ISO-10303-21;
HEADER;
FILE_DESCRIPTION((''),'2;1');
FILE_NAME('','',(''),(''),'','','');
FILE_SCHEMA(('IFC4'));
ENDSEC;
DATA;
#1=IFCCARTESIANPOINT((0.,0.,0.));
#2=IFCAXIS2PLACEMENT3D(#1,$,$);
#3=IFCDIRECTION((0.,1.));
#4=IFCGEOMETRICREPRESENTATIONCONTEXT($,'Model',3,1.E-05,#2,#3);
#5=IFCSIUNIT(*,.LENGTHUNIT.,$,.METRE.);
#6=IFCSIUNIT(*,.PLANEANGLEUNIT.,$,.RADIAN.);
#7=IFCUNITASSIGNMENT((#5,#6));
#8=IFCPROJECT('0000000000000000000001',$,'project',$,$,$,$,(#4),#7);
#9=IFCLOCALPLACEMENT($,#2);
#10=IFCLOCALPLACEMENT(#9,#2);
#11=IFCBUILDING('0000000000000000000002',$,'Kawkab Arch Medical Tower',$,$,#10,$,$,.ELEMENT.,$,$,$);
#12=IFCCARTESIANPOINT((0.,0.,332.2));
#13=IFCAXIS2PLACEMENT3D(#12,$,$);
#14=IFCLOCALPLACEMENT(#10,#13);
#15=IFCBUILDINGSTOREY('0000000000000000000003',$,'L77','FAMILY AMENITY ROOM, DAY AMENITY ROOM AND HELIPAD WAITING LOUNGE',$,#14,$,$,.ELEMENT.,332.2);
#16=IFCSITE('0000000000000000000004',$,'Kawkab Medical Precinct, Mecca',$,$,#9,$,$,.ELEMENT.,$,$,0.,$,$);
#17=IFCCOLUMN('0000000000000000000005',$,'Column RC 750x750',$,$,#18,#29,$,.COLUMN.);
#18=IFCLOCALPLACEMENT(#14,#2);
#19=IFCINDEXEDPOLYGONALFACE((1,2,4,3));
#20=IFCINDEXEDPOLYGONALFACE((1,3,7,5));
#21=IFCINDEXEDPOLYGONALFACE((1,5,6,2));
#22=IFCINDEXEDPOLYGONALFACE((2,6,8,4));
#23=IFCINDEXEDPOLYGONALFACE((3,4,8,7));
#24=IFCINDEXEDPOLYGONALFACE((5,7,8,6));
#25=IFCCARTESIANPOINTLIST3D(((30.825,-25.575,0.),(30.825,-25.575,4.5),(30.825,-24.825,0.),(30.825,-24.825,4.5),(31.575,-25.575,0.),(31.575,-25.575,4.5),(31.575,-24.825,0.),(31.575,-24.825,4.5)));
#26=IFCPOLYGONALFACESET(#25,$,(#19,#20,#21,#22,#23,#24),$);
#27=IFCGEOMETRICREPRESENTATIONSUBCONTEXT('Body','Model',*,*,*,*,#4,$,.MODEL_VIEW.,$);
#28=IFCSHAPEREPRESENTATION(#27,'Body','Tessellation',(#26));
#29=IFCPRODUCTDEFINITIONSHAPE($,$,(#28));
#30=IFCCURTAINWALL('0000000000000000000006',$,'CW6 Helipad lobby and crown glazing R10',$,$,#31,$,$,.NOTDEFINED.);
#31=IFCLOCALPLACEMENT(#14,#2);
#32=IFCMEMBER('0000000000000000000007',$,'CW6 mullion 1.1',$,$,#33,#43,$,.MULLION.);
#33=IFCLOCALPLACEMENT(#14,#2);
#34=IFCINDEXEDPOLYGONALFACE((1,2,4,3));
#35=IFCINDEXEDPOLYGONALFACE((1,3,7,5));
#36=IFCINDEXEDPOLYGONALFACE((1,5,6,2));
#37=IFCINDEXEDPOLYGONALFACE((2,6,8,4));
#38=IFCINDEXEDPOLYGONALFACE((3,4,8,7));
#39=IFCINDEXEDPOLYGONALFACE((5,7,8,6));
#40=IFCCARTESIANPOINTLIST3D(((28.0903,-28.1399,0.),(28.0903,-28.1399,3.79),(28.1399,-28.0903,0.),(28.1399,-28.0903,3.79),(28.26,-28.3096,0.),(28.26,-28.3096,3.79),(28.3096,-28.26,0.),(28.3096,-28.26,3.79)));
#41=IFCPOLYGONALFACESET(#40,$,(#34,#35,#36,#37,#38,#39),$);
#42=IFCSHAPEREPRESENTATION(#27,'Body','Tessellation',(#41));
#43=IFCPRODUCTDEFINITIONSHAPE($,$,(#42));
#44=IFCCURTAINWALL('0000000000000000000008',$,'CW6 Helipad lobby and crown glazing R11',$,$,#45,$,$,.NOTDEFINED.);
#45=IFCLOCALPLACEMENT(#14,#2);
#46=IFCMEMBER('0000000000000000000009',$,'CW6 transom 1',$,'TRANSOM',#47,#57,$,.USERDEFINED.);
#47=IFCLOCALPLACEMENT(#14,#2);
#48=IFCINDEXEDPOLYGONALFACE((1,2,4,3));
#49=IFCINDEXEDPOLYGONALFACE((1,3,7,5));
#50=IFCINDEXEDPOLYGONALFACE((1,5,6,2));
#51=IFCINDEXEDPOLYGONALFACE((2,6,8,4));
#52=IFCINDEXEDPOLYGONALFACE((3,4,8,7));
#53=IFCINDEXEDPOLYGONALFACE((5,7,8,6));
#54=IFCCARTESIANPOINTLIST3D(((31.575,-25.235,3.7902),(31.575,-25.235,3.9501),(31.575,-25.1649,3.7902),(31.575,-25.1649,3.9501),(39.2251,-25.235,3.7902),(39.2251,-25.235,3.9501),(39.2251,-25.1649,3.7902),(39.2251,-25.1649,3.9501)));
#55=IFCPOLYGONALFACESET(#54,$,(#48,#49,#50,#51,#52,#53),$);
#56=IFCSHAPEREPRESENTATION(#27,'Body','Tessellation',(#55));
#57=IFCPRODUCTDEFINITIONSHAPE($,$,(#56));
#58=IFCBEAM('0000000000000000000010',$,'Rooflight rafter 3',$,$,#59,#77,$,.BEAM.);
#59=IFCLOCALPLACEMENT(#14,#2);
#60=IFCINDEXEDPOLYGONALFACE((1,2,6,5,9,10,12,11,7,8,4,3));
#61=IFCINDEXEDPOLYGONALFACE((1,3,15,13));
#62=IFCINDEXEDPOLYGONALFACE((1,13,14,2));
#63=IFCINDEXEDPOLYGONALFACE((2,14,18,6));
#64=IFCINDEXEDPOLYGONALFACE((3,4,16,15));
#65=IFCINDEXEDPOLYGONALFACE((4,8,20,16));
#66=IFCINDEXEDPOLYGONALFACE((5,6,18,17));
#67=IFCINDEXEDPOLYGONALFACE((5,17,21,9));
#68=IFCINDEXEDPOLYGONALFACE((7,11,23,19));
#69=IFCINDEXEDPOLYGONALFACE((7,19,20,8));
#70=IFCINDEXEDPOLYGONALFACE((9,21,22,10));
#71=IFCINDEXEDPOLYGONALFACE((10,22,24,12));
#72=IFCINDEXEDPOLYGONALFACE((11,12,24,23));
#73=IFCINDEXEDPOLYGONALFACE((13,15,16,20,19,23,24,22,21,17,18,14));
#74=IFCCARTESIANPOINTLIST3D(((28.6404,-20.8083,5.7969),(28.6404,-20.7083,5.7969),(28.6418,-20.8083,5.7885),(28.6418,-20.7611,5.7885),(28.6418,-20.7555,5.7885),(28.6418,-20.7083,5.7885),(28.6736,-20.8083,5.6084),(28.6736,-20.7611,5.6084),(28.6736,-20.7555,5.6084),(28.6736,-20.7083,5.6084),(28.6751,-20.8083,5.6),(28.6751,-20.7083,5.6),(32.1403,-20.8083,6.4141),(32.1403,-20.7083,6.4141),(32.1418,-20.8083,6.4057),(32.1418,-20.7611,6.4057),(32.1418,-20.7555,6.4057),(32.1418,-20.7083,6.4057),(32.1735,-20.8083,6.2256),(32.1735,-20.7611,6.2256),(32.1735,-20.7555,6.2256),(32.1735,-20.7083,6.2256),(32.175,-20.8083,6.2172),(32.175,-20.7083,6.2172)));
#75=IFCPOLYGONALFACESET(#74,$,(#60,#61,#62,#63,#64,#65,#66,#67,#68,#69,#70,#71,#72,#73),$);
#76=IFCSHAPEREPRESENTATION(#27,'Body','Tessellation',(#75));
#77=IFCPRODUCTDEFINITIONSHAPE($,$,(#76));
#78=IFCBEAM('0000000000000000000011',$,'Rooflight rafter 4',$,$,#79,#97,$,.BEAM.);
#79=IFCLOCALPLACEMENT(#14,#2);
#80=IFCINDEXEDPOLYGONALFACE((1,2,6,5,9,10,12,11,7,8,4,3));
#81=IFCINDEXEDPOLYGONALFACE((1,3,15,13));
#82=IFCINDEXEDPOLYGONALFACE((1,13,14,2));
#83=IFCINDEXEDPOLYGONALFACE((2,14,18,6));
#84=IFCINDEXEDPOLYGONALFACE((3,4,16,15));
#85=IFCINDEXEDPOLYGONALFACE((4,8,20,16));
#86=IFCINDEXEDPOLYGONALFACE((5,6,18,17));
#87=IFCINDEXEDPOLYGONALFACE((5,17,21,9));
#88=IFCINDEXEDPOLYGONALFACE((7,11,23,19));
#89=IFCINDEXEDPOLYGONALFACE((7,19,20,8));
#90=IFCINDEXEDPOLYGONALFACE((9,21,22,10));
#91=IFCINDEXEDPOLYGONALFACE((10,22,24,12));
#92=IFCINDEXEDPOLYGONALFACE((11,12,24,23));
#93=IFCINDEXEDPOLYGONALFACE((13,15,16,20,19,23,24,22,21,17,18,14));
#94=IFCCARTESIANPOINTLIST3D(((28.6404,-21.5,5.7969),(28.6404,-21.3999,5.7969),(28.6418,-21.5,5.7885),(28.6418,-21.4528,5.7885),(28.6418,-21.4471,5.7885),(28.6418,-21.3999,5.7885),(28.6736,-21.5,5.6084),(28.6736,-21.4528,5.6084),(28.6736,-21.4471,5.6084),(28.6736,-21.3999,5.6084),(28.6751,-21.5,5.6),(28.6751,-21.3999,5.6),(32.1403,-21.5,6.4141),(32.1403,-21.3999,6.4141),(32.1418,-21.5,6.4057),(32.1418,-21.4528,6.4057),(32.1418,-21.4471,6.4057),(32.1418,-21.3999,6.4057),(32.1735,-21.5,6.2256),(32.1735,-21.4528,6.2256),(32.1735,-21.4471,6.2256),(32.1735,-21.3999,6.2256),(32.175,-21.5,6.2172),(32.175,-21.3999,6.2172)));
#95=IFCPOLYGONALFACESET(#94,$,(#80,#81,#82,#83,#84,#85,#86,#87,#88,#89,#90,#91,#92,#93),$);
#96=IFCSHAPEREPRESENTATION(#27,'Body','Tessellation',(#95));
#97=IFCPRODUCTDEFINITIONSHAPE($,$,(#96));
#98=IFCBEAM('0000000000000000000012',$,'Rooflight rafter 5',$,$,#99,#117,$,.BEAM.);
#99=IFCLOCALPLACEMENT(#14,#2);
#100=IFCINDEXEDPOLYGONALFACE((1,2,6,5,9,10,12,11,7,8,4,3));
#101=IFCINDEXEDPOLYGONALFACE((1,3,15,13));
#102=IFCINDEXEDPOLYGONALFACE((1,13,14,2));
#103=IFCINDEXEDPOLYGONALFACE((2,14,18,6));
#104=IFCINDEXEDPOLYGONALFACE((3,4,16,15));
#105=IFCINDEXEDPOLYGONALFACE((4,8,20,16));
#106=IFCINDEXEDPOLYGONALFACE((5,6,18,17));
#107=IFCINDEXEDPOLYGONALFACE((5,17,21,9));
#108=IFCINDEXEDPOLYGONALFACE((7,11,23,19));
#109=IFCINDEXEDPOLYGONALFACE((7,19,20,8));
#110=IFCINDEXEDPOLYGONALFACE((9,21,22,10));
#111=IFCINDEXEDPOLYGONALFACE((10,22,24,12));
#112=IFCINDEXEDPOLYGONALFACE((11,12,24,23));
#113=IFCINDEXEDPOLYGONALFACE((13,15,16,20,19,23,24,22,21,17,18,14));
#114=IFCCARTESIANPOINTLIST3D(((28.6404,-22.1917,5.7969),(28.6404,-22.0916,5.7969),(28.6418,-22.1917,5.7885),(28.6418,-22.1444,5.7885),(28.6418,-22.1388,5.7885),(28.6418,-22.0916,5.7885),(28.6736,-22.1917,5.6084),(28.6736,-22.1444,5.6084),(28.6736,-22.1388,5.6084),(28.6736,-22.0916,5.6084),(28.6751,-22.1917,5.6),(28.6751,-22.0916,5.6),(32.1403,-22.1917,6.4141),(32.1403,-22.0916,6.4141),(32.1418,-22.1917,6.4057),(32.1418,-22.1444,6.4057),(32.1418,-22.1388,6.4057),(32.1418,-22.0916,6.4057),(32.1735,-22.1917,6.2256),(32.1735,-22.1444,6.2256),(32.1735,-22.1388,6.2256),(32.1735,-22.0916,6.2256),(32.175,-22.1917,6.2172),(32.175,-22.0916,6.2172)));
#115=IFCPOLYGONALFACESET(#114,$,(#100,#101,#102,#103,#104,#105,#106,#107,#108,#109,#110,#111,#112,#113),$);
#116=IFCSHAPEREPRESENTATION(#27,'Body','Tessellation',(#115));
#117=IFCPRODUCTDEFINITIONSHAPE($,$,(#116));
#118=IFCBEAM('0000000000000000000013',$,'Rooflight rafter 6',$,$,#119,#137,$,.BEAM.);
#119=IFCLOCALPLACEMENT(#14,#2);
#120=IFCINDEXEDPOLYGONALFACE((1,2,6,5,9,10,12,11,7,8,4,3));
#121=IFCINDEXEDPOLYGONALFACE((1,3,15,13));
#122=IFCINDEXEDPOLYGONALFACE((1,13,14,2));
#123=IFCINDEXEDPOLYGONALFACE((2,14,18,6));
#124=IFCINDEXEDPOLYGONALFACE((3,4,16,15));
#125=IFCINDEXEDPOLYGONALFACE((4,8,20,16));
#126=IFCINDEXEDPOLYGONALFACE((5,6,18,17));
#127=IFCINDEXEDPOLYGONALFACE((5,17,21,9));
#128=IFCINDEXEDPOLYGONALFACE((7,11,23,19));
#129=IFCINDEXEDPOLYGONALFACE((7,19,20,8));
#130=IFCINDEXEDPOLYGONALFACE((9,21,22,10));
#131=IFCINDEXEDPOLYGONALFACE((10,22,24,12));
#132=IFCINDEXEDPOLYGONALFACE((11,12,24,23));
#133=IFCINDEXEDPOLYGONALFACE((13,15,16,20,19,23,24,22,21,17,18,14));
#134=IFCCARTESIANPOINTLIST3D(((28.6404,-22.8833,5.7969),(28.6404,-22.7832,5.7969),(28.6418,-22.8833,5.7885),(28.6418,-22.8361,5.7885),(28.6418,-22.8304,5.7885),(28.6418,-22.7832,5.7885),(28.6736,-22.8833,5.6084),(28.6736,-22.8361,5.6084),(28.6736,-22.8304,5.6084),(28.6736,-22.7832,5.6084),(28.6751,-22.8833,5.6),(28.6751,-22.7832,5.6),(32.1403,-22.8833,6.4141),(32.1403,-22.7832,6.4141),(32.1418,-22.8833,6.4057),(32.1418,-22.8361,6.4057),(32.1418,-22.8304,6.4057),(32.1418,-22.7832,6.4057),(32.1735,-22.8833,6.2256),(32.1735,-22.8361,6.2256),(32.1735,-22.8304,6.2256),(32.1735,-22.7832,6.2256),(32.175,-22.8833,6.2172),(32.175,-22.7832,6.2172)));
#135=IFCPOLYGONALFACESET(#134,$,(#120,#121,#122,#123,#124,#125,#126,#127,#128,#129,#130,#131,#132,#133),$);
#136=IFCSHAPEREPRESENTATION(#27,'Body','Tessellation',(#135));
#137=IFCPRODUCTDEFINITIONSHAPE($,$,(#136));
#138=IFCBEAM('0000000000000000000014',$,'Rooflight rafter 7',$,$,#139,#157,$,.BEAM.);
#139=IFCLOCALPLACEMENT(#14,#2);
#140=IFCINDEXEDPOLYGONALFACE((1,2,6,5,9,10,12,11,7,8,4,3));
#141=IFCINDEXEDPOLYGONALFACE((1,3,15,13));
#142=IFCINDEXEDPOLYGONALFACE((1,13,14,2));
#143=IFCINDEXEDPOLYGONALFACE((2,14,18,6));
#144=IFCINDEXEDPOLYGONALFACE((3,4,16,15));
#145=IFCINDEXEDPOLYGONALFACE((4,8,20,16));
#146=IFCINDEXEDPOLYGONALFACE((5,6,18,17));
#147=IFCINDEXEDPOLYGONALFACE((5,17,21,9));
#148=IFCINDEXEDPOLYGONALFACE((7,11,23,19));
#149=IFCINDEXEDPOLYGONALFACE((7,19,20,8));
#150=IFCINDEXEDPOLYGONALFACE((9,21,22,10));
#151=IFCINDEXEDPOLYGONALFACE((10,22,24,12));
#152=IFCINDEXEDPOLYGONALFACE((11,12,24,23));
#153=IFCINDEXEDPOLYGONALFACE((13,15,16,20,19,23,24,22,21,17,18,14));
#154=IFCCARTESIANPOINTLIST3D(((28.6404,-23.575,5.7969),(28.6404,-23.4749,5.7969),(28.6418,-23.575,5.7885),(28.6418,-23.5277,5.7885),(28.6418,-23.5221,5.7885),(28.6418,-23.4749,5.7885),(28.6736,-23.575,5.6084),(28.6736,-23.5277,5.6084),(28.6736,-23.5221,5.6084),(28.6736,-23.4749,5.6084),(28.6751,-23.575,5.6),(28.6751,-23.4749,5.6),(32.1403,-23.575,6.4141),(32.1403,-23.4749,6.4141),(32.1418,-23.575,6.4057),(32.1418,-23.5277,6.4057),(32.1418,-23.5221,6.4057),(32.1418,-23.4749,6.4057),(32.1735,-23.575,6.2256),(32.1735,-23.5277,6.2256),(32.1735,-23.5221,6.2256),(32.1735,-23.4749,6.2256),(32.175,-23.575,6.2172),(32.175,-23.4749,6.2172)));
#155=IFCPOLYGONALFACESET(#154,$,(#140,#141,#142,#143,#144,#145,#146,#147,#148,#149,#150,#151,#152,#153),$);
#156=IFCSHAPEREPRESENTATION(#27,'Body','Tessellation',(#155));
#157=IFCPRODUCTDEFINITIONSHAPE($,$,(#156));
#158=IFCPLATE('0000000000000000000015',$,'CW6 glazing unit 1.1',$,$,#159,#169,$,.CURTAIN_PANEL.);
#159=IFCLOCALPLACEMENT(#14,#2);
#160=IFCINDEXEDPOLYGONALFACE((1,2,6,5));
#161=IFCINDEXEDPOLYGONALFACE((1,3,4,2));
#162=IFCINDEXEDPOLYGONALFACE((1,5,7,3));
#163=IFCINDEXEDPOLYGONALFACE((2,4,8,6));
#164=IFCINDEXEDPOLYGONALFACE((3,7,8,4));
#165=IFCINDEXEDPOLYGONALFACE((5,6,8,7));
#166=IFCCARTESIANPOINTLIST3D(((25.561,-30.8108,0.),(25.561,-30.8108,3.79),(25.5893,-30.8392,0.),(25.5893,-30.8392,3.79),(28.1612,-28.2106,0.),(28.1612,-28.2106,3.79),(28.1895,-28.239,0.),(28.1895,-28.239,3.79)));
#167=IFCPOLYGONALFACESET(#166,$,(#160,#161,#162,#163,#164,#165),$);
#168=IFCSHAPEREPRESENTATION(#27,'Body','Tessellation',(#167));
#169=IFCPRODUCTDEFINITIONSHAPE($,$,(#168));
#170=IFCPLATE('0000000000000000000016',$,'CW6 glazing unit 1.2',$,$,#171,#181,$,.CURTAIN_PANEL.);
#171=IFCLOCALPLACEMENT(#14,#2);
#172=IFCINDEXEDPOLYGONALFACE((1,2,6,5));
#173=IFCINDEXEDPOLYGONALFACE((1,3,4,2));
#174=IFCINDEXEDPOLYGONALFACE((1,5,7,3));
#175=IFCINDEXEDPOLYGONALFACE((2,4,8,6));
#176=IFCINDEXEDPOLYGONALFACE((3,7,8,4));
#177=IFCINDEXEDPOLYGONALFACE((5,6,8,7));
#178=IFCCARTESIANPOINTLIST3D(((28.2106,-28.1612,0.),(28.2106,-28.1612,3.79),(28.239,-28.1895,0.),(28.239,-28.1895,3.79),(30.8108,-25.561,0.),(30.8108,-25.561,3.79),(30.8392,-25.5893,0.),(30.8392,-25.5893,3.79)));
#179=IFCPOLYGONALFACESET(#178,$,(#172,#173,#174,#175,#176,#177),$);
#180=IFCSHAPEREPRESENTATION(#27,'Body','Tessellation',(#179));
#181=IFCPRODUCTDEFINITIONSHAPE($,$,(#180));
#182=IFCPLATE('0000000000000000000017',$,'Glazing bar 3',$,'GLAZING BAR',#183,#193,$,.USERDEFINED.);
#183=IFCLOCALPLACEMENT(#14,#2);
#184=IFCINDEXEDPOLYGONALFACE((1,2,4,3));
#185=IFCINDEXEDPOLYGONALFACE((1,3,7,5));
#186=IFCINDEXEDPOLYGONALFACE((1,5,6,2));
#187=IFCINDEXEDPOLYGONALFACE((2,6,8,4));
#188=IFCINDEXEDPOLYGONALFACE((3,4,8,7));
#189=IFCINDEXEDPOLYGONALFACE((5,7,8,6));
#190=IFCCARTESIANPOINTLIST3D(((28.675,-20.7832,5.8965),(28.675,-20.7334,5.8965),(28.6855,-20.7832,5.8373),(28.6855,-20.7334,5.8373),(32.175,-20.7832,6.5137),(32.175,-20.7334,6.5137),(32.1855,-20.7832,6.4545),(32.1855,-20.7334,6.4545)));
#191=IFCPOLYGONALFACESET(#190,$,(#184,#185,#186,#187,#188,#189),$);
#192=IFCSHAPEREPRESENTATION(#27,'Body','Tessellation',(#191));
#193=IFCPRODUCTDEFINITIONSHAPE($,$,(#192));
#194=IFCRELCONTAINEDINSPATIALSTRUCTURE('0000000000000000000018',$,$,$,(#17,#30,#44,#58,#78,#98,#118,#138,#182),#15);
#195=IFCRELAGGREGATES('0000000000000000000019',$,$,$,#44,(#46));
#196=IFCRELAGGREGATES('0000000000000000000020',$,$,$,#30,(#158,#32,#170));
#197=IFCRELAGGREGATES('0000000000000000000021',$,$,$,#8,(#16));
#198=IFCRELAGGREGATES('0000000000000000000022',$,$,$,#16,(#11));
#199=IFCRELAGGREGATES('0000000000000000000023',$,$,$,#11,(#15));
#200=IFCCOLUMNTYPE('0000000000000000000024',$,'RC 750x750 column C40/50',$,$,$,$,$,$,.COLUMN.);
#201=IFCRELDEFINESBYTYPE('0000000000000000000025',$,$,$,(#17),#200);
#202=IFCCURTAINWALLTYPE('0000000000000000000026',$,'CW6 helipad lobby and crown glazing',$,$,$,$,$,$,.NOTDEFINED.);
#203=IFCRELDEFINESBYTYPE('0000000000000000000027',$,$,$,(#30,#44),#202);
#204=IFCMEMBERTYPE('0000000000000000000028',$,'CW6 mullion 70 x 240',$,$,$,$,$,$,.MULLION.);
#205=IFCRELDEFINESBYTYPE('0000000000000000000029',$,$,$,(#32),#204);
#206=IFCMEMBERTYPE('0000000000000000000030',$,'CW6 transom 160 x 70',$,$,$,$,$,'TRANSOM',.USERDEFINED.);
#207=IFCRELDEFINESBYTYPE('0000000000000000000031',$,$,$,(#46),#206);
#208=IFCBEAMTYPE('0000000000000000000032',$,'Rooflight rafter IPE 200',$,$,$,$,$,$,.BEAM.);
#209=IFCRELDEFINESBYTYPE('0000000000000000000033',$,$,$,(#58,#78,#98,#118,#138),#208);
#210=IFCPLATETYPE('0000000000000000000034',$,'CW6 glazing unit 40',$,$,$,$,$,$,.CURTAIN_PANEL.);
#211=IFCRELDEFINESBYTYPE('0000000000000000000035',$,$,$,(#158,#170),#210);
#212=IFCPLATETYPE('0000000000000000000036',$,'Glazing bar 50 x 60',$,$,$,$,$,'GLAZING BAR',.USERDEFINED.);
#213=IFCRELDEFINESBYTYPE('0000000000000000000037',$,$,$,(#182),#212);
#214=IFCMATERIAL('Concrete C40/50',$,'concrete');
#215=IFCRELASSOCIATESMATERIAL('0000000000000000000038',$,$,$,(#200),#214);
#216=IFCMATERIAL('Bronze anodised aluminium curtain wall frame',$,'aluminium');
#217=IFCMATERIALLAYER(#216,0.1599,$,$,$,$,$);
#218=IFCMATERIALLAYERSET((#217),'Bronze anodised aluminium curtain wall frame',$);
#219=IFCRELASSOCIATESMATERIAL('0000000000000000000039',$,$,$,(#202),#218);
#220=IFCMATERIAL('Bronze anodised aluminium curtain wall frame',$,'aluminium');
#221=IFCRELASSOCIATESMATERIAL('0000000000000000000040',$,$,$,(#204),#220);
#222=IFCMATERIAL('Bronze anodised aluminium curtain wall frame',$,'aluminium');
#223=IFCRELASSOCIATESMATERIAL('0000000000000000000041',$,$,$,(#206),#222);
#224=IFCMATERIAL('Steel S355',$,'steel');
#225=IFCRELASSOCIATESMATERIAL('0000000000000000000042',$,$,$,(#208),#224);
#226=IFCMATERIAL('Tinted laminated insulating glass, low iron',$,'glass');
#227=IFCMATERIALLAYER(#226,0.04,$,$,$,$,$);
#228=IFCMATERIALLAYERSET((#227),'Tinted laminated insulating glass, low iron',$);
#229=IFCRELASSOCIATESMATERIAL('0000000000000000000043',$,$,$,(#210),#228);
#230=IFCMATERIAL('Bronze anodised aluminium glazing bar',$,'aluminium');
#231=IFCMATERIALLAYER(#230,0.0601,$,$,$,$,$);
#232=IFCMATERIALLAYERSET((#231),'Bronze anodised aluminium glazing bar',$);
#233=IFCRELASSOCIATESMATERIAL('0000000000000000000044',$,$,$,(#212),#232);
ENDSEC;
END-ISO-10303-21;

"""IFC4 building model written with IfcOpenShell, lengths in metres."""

from ifc_helpers import new_model, si_unit, direction, frame, origin, origin_2d, place, context, subcontext, project, spatial, polyline, rectangle, i_section, outline, extrude, material, layer, layer_set, material_profile, profile_set, type_object, element, aggregate, save


model = new_model("IFC4")

# Units and contexts
model_context = context("Model", 3, precision=1e-05, world=origin(), true_north=direction((0.0, 1.0)))
body_context = subcontext(model_context, "Body", "Model", "MODEL_VIEW")
ifc_project = project(units=[si_unit("LENGTHUNIT", "METRE"), si_unit("PLANEANGLEUNIT", "RADIAN")], contexts=[model_context])

# Site, building, storey
site_placement = place(None, origin())
site = spatial("IfcSite", under=ifc_project, at=site_placement, Name="Kawkab Medical Precinct, Mecca", CompositionType="ELEMENT", RefElevation=0.0)
building_placement = place(site_placement, origin())
building = spatial("IfcBuilding", under=site, at=building_placement, Name="Kawkab Arch Medical Tower", CompositionType="ELEMENT")
storey_placement = place(building_placement, frame((0.0, 0.0, 332.2)))
storey = spatial("IfcBuildingStorey", under=building, at=storey_placement, Name="L77", Description="FAMILY AMENITY ROOM, DAY AMENITY ROOM AND HELIPAD WAITING LOUNGE", CompositionType="ELEMENT", Elevation=332.2)

# Column
ifc_material_1 = material(Name="Concrete C40/50", Category="concrete")
ifc_material_profile_1 = material_profile(ifc_material_1, rectangle(XDim=0.75, YDim=0.75, at=origin_2d()), Name="RC 750x750")
ifc_profile_set_1 = profile_set([ifc_material_profile_1], Name="Concrete C40/50")
column_type = type_object("IfcColumnType", Name="RC 750x750 column C40/50", PredefinedType="COLUMN", material=ifc_profile_set_1)
column_placement = place(storey_placement, frame((31.2, -25.2, 0.0), z_axis=(0.0, 0.0, 1.0), x_axis=(1.0, 0.0, 0.0)))
element("IfcColumn", 1, at=column_placement, inside=storey, type_object=column_type, Name="Column RC 750x750", PredefinedType="COLUMN", context=body_context, shape_type="SweptSolid", body=[
    extrude(rectangle(XDim=0.75, YDim=0.75, at=origin_2d()), origin(), (0.0, 0.0, 1.0), 4.5),
])

# Curtain walls, members
ifc_material_2 = material(Name="Bronze anodised aluminium curtain wall frame", Category="aluminium")
ifc_layer_1 = layer(ifc_material_2, 0.1599)
ifc_layer_set_1 = layer_set([ifc_layer_1], Name="Bronze anodised aluminium curtain wall frame")
curtain_wall_type = type_object("IfcCurtainWallType", Name="CW6 helipad lobby and crown glazing", PredefinedType="NOTDEFINED", material=ifc_layer_set_1)
placement = place(storey_placement, origin())
curtain_wall_1 = element("IfcCurtainWall", 2, at=placement, inside=storey, type_object=curtain_wall_type, Name="CW6 Helipad lobby and crown glazing R10", PredefinedType="NOTDEFINED")
ifc_material_3 = material(Name="Bronze anodised aluminium curtain wall frame", Category="aluminium")
ifc_material_profile_2 = material_profile(ifc_material_3, rectangle(XDim=0.24, YDim=0.0701, at=origin_2d()), Name="AL 70x240")
ifc_profile_set_2 = profile_set([ifc_material_profile_2], Name="Bronze anodised aluminium curtain wall frame")
member_type_1 = type_object("IfcMemberType", Name="CW6 mullion 70 x 240", PredefinedType="MULLION", material=ifc_profile_set_2)
member_1_placement = place(storey_placement, frame((28.2, -28.2, 0.0), z_axis=(0.0, 0.0, 1.0), x_axis=(-0.707107, 0.707107, 0.0)))
member_1 = element("IfcMember", 3, at=member_1_placement, type_object=member_type_1, Name="CW6 mullion 1.1", PredefinedType="MULLION", context=body_context, shape_type="SweptSolid", body=[
    extrude(rectangle(XDim=0.24, YDim=0.0701, at=origin_2d()), origin(), (0.0, 0.0, 1.0), 3.79),
])
curtain_wall_2 = element("IfcCurtainWall", 4, at=placement, inside=storey, type_object=curtain_wall_type, Name="CW6 Helipad lobby and crown glazing R11", PredefinedType="NOTDEFINED")
ifc_material_4 = material(Name="Bronze anodised aluminium curtain wall frame", Category="aluminium")
ifc_material_profile_3 = material_profile(ifc_material_4, rectangle(XDim=0.0701, YDim=0.1599, at=origin_2d()), Name="AL 70x160")
ifc_profile_set_3 = profile_set([ifc_material_profile_3], Name="Bronze anodised aluminium curtain wall frame")
member_type_2 = type_object("IfcMemberType", Name="CW6 transom 160 x 70", ElementType="TRANSOM", PredefinedType="USERDEFINED", material=ifc_profile_set_3)
member_2_placement = place(storey_placement, frame((31.575, -25.2, 3.8701), z_axis=(1.0, 0.0, 0.0), x_axis=(0.0, 1.0, 0.0)))
member_2 = element("IfcMember", 5, at=member_2_placement, type_object=member_type_2, Name="CW6 transom 1", ObjectType="TRANSOM", PredefinedType="USERDEFINED", context=body_context, shape_type="SweptSolid", body=[
    extrude(rectangle(XDim=0.0701, YDim=0.1599, at=origin_2d()), origin(), (0.0, 0.0, 1.0), 7.6501),
])
aggregate(curtain_wall_2, [member_2])

# Beams
ifc_material_5 = material(Name="Steel S355", Category="steel")
ifc_material_profile_4 = material_profile(ifc_material_5, i_section(OverallWidth=0.1001, OverallDepth=0.2, WebThickness=0.0056, FlangeThickness=0.0085, at=origin_2d()), Name="IPE 200")
ifc_profile_set_4 = profile_set([ifc_material_profile_4], Name="Steel S355")
beam_type = type_object("IfcBeamType", Name="Rooflight rafter IPE 200", PredefinedType="BEAM", material=ifc_profile_set_4)
for number, where, z_axis, x_axis, name in (
    (6, (28.6577, -20.7583, 5.6985), (0.984806, 0.0, 0.17366), (0.0, 1.0, 0.0), "Rooflight rafter 3"),
    (7, (28.6577, -21.45, 5.6985), (0.984806, 0.0, 0.17366), (0.0, 1.0, 0.0), "Rooflight rafter 4"),
    (8, (28.6577, -22.1416, 5.6985), (0.984806, 0.0, 0.17366), (0.0, 1.0, 0.0), "Rooflight rafter 5"),
    (9, (28.6577, -22.8333, 5.6985), (0.984806, 0.0, 0.17366), (0.0, 1.0, 0.0), "Rooflight rafter 6"),
    (10, (28.6577, -23.5249, 5.6985), (0.984806, 0.0, 0.17366), (0.0, 1.0, 0.0), "Rooflight rafter 7"),
):
    element("IfcBeam", number, at=place(storey_placement, frame(where, z_axis=z_axis, x_axis=x_axis)), inside=storey, type_object=beam_type, Name=name, PredefinedType="BEAM", context=body_context, shape_type="SweptSolid", body=[
        extrude(i_section(OverallWidth=0.1001, OverallDepth=0.2, WebThickness=0.0056, FlangeThickness=0.0085, at=origin_2d()), origin(), (0.0, 0.0, 1.0), 3.554),
    ])

# Plates
ifc_material_6 = material(Name="Tinted laminated insulating glass, low iron", Category="glass")
ifc_layer_2 = layer(ifc_material_6, 0.04)
ifc_layer_set_2 = layer_set([ifc_layer_2], Name="Tinted laminated insulating glass, low iron")
plate_type_1 = type_object("IfcPlateType", Name="CW6 glazing unit 40", PredefinedType="CURTAIN_PANEL", material=ifc_layer_set_2)
plate_1_placement = place(storey_placement, frame((26.8752, -29.5249, 0.0), z_axis=(0.0, 0.0, 1.0), x_axis=(0.707107, 0.707107, 0.0)))
plate_1 = element("IfcPlate", 11, at=plate_1_placement, type_object=plate_type_1, Name="CW6 glazing unit 1.1", PredefinedType="CURTAIN_PANEL", context=body_context, shape_type="SweptSolid", body=[
    extrude(rectangle(XDim=3.6772, YDim=0.04, at=origin_2d()), origin(), (0.0, 0.0, 1.0), 3.79),
])
plate_2_placement = place(storey_placement, frame((29.5249, -26.8752, 0.0), z_axis=(0.0, 0.0, 1.0), x_axis=(0.707107, 0.707107, 0.0)))
plate_2 = element("IfcPlate", 12, at=plate_2_placement, type_object=plate_type_1, Name="CW6 glazing unit 1.2", PredefinedType="CURTAIN_PANEL", context=body_context, shape_type="SweptSolid", body=[
    extrude(rectangle(XDim=3.6772, YDim=0.04, at=origin_2d()), origin(), (0.0, 0.0, 1.0), 3.79),
])
aggregate(curtain_wall_1, [plate_1, member_1, plate_2])

# Plate
ifc_material_7 = material(Name="Bronze anodised aluminium glazing bar", Category="aluminium")
ifc_layer_3 = layer(ifc_material_7, 0.0601)
ifc_layer_set_3 = layer_set([ifc_layer_3], Name="Bronze anodised aluminium glazing bar")
plate_type_2 = type_object("IfcPlateType", Name="Glazing bar 50 x 60", ElementType="GLAZING BAR", PredefinedType="USERDEFINED", material=ifc_layer_set_3)
plate_3_placement = place(storey_placement, frame((28.675, -20.7832, 5.8965), z_axis=(-0.17366, 0.0, 0.984806), x_axis=(0.984806, 0.0, 0.17366)))
element("IfcPlate", 13, at=plate_3_placement, inside=storey, type_object=plate_type_2, Name="Glazing bar 3", ObjectType="GLAZING BAR", PredefinedType="USERDEFINED", context=body_context, shape_type="SweptSolid", body=[
    extrude(outline(polyline([(0.0, 0.0), (3.554, 0.0), (3.554, 0.0498), (0.0, 0.0498), (0.0, 0.0)])), origin(), (0.0, 0.0, -1.0), 0.0601),
])

save(model, "model.ifc")
